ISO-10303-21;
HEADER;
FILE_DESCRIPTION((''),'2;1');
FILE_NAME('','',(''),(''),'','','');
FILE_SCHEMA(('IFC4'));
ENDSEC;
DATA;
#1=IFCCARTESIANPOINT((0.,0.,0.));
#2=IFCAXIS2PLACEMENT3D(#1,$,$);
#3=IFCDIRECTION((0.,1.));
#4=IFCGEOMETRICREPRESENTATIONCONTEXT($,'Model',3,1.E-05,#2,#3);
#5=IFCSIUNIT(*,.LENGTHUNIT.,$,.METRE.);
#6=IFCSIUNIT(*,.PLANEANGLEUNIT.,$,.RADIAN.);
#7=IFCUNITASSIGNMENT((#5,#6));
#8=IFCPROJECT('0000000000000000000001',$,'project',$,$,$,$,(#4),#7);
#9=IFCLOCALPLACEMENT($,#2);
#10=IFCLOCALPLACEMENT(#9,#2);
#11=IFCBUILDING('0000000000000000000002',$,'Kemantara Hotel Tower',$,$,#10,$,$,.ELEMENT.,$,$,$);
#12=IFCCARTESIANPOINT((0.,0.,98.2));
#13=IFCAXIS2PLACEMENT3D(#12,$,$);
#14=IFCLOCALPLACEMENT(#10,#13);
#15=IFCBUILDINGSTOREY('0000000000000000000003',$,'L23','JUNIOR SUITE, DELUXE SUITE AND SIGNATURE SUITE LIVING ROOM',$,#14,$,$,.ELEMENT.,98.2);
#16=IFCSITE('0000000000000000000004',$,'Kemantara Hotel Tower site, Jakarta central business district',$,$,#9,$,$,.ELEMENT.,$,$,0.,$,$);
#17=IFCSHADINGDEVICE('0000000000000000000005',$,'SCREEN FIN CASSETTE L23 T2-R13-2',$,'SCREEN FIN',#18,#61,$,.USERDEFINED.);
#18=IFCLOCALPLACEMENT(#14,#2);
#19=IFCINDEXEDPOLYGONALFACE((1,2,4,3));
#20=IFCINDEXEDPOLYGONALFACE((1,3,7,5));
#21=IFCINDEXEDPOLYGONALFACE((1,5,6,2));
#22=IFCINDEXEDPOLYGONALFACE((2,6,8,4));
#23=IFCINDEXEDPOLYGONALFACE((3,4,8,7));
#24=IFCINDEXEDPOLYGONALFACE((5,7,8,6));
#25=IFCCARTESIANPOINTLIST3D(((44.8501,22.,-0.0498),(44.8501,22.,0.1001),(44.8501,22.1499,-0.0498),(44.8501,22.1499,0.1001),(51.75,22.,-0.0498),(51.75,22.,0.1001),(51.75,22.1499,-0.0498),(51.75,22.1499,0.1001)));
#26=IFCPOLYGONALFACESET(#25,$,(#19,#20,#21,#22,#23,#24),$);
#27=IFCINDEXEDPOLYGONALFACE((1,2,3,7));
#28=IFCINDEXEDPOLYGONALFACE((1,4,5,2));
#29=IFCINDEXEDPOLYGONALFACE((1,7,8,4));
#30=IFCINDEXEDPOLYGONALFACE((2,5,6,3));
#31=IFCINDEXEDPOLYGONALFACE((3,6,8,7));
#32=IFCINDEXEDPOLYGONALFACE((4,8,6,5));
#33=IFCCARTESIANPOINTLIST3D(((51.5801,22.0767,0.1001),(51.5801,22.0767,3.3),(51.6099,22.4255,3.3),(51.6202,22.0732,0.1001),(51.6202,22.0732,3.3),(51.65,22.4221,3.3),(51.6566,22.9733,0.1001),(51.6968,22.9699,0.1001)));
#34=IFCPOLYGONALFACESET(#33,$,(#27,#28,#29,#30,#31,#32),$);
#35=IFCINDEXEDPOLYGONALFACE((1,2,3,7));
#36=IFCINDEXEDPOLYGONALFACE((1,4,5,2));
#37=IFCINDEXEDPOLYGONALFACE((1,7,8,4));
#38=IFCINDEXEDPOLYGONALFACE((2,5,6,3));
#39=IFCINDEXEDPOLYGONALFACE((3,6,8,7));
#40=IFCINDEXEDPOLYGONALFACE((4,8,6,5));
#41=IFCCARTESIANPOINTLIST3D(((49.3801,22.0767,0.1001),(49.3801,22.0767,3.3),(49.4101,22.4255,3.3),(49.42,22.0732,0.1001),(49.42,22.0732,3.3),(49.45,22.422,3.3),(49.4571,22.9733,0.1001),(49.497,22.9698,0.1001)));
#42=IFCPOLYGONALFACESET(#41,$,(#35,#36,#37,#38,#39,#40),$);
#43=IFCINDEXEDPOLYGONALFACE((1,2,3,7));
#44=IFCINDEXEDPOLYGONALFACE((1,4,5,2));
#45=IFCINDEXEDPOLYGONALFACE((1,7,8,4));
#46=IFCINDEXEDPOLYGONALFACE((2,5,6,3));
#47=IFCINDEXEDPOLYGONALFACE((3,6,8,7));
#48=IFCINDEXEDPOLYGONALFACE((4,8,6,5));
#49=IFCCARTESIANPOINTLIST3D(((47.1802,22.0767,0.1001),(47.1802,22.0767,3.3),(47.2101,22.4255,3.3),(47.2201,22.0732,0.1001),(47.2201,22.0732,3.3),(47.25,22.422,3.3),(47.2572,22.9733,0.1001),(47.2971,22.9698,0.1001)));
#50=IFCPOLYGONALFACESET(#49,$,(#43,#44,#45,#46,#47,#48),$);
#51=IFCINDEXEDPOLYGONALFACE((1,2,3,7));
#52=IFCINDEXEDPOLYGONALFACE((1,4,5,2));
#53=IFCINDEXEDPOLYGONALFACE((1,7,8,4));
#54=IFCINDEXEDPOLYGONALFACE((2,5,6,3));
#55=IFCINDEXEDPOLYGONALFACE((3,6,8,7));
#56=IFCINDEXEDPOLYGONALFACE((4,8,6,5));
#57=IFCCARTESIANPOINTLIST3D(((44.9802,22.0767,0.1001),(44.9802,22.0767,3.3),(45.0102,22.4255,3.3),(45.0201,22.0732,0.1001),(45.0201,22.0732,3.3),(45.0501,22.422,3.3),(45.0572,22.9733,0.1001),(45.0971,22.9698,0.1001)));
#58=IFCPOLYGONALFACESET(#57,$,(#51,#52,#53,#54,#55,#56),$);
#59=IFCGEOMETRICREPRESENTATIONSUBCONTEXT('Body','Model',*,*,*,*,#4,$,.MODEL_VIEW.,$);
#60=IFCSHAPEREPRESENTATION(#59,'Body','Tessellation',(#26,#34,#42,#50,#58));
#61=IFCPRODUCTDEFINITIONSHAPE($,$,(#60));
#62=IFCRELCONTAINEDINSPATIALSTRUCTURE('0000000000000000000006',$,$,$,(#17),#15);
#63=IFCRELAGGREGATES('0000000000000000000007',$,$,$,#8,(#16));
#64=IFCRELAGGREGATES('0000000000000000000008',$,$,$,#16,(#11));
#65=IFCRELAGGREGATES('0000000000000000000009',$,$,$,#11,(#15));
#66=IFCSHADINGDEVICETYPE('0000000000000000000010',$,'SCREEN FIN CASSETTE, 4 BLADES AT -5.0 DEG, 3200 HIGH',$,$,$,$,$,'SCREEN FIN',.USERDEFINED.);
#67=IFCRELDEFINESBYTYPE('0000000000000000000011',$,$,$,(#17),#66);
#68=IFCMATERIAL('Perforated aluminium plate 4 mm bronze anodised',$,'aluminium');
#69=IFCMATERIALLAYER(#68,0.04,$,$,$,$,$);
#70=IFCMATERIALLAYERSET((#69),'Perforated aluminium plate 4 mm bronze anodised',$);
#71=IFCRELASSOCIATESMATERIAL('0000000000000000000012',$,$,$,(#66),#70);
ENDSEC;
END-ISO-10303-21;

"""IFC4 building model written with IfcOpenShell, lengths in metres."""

from ifc_helpers import new_model, si_unit, direction, frame, origin, origin_2d, place, context, subcontext, project, spatial, polyline, rectangle, outline, extrude, source, transform, mapped, material, layer, layer_set, type_object, element, save


model = new_model("IFC4")

# Units and contexts
model_context = context("Model", 3, precision=1e-05, world=origin(), true_north=direction((0.0, 1.0)))
body_context = subcontext(model_context, "Body", "Model", "MODEL_VIEW")
ifc_project = project(units=[si_unit("LENGTHUNIT", "METRE"), si_unit("PLANEANGLEUNIT", "RADIAN")], contexts=[model_context])

# Site, building, storey
site_placement = place(None, origin())
site = spatial("IfcSite", under=ifc_project, at=site_placement, Name="Kemantara Hotel Tower site, Jakarta central business district", CompositionType="ELEMENT", RefElevation=0.0)
building_placement = place(site_placement, origin())
building = spatial("IfcBuilding", under=site, at=building_placement, Name="Kemantara Hotel Tower", CompositionType="ELEMENT")
storey_placement = place(building_placement, frame((0.0, 0.0, 98.2)))
storey = spatial("IfcBuildingStorey", under=building, at=storey_placement, Name="L23", Description="JUNIOR SUITE, DELUXE SUITE AND SIGNATURE SUITE LIVING ROOM", CompositionType="ELEMENT", Elevation=98.2)

# Shading device
ifc_material_1 = material(Name="Perforated aluminium plate 4 mm bronze anodised", Category="aluminium")
ifc_layer_1 = layer(ifc_material_1, 0.04)
ifc_layer_set_1 = layer_set([ifc_layer_1], Name="Perforated aluminium plate 4 mm bronze anodised")
shading_device_type = type_object("IfcShadingDeviceType", Name="SCREEN FIN CASSETTE, 4 BLADES AT -5.0 DEG, 3200 HIGH", ElementType="SCREEN FIN", PredefinedType="USERDEFINED", material=ifc_layer_set_1)
shared_shape_1 = source(origin(), body_context, "Body", "SweptSolid", [
    extrude(rectangle(XDim=6.8999, YDim=0.1499, at=origin_2d()), frame((3.3, -0.075, -0.1499), z_axis=(0.0, 0.0, 1.0), x_axis=(1.0, 0.0, 0.0)), (0.0, 0.0, 1.0), 0.1499),
    extrude(outline(polyline([(0.0, 0.0), (0.8999, 0.0), (0.3501, 3.2), (0.0, 3.2), (0.0, 0.0)])), frame((0.02, -0.0767, 0.0), z_axis=(-0.996376, 0.085056, 0.0), x_axis=(-0.085056, -0.996376, 0.0)), (0.0, 0.0, 1.0), 0.0403),
    extrude(outline(polyline([(0.0, 0.0), (0.8999, 0.0), (0.3501, 3.2), (0.0, 3.2), (0.0, 0.0)])), frame((2.22, -0.0767, 0.0), z_axis=(-0.996332, 0.085575, 0.0), x_axis=(-0.085575, -0.996332, 0.0)), (0.0, 0.0, 1.0), 0.04),
    extrude(outline(polyline([(0.0, 0.0), (0.8999, 0.0), (0.3501, 3.2), (0.0, 3.2), (0.0, 0.0)])), frame((4.4199, -0.0767, 0.0), z_axis=(-0.996332, 0.085575, 0.0), x_axis=(-0.085575, -0.996332, 0.0)), (0.0, 0.0, 1.0), 0.04),
    extrude(outline(polyline([(0.0, 0.0), (0.8999, 0.0), (0.3501, 3.2), (0.0, 3.2), (0.0, 0.0)])), frame((6.6199, -0.0767, 0.0), z_axis=(-0.996332, 0.085575, 0.0), x_axis=(-0.085575, -0.996332, 0.0)), (0.0, 0.0, 1.0), 0.04),
])
shading_device_placement = place(storey_placement, frame((51.6001, 22.0, 0.1001), z_axis=(0.0, 0.0, 1.0), x_axis=(-1.0, 0.0, 0.0)))
element("IfcShadingDevice", 1, at=shading_device_placement, inside=storey, type_object=shading_device_type, Name="SCREEN FIN CASSETTE L23 T2-R13-2", ObjectType="SCREEN FIN", PredefinedType="USERDEFINED", context=body_context, shape_type="MappedRepresentation", body=[
    mapped(shared_shape_1, transform((0.0, 0.0, 0.0))),
])

save(model, "model.ifc")
